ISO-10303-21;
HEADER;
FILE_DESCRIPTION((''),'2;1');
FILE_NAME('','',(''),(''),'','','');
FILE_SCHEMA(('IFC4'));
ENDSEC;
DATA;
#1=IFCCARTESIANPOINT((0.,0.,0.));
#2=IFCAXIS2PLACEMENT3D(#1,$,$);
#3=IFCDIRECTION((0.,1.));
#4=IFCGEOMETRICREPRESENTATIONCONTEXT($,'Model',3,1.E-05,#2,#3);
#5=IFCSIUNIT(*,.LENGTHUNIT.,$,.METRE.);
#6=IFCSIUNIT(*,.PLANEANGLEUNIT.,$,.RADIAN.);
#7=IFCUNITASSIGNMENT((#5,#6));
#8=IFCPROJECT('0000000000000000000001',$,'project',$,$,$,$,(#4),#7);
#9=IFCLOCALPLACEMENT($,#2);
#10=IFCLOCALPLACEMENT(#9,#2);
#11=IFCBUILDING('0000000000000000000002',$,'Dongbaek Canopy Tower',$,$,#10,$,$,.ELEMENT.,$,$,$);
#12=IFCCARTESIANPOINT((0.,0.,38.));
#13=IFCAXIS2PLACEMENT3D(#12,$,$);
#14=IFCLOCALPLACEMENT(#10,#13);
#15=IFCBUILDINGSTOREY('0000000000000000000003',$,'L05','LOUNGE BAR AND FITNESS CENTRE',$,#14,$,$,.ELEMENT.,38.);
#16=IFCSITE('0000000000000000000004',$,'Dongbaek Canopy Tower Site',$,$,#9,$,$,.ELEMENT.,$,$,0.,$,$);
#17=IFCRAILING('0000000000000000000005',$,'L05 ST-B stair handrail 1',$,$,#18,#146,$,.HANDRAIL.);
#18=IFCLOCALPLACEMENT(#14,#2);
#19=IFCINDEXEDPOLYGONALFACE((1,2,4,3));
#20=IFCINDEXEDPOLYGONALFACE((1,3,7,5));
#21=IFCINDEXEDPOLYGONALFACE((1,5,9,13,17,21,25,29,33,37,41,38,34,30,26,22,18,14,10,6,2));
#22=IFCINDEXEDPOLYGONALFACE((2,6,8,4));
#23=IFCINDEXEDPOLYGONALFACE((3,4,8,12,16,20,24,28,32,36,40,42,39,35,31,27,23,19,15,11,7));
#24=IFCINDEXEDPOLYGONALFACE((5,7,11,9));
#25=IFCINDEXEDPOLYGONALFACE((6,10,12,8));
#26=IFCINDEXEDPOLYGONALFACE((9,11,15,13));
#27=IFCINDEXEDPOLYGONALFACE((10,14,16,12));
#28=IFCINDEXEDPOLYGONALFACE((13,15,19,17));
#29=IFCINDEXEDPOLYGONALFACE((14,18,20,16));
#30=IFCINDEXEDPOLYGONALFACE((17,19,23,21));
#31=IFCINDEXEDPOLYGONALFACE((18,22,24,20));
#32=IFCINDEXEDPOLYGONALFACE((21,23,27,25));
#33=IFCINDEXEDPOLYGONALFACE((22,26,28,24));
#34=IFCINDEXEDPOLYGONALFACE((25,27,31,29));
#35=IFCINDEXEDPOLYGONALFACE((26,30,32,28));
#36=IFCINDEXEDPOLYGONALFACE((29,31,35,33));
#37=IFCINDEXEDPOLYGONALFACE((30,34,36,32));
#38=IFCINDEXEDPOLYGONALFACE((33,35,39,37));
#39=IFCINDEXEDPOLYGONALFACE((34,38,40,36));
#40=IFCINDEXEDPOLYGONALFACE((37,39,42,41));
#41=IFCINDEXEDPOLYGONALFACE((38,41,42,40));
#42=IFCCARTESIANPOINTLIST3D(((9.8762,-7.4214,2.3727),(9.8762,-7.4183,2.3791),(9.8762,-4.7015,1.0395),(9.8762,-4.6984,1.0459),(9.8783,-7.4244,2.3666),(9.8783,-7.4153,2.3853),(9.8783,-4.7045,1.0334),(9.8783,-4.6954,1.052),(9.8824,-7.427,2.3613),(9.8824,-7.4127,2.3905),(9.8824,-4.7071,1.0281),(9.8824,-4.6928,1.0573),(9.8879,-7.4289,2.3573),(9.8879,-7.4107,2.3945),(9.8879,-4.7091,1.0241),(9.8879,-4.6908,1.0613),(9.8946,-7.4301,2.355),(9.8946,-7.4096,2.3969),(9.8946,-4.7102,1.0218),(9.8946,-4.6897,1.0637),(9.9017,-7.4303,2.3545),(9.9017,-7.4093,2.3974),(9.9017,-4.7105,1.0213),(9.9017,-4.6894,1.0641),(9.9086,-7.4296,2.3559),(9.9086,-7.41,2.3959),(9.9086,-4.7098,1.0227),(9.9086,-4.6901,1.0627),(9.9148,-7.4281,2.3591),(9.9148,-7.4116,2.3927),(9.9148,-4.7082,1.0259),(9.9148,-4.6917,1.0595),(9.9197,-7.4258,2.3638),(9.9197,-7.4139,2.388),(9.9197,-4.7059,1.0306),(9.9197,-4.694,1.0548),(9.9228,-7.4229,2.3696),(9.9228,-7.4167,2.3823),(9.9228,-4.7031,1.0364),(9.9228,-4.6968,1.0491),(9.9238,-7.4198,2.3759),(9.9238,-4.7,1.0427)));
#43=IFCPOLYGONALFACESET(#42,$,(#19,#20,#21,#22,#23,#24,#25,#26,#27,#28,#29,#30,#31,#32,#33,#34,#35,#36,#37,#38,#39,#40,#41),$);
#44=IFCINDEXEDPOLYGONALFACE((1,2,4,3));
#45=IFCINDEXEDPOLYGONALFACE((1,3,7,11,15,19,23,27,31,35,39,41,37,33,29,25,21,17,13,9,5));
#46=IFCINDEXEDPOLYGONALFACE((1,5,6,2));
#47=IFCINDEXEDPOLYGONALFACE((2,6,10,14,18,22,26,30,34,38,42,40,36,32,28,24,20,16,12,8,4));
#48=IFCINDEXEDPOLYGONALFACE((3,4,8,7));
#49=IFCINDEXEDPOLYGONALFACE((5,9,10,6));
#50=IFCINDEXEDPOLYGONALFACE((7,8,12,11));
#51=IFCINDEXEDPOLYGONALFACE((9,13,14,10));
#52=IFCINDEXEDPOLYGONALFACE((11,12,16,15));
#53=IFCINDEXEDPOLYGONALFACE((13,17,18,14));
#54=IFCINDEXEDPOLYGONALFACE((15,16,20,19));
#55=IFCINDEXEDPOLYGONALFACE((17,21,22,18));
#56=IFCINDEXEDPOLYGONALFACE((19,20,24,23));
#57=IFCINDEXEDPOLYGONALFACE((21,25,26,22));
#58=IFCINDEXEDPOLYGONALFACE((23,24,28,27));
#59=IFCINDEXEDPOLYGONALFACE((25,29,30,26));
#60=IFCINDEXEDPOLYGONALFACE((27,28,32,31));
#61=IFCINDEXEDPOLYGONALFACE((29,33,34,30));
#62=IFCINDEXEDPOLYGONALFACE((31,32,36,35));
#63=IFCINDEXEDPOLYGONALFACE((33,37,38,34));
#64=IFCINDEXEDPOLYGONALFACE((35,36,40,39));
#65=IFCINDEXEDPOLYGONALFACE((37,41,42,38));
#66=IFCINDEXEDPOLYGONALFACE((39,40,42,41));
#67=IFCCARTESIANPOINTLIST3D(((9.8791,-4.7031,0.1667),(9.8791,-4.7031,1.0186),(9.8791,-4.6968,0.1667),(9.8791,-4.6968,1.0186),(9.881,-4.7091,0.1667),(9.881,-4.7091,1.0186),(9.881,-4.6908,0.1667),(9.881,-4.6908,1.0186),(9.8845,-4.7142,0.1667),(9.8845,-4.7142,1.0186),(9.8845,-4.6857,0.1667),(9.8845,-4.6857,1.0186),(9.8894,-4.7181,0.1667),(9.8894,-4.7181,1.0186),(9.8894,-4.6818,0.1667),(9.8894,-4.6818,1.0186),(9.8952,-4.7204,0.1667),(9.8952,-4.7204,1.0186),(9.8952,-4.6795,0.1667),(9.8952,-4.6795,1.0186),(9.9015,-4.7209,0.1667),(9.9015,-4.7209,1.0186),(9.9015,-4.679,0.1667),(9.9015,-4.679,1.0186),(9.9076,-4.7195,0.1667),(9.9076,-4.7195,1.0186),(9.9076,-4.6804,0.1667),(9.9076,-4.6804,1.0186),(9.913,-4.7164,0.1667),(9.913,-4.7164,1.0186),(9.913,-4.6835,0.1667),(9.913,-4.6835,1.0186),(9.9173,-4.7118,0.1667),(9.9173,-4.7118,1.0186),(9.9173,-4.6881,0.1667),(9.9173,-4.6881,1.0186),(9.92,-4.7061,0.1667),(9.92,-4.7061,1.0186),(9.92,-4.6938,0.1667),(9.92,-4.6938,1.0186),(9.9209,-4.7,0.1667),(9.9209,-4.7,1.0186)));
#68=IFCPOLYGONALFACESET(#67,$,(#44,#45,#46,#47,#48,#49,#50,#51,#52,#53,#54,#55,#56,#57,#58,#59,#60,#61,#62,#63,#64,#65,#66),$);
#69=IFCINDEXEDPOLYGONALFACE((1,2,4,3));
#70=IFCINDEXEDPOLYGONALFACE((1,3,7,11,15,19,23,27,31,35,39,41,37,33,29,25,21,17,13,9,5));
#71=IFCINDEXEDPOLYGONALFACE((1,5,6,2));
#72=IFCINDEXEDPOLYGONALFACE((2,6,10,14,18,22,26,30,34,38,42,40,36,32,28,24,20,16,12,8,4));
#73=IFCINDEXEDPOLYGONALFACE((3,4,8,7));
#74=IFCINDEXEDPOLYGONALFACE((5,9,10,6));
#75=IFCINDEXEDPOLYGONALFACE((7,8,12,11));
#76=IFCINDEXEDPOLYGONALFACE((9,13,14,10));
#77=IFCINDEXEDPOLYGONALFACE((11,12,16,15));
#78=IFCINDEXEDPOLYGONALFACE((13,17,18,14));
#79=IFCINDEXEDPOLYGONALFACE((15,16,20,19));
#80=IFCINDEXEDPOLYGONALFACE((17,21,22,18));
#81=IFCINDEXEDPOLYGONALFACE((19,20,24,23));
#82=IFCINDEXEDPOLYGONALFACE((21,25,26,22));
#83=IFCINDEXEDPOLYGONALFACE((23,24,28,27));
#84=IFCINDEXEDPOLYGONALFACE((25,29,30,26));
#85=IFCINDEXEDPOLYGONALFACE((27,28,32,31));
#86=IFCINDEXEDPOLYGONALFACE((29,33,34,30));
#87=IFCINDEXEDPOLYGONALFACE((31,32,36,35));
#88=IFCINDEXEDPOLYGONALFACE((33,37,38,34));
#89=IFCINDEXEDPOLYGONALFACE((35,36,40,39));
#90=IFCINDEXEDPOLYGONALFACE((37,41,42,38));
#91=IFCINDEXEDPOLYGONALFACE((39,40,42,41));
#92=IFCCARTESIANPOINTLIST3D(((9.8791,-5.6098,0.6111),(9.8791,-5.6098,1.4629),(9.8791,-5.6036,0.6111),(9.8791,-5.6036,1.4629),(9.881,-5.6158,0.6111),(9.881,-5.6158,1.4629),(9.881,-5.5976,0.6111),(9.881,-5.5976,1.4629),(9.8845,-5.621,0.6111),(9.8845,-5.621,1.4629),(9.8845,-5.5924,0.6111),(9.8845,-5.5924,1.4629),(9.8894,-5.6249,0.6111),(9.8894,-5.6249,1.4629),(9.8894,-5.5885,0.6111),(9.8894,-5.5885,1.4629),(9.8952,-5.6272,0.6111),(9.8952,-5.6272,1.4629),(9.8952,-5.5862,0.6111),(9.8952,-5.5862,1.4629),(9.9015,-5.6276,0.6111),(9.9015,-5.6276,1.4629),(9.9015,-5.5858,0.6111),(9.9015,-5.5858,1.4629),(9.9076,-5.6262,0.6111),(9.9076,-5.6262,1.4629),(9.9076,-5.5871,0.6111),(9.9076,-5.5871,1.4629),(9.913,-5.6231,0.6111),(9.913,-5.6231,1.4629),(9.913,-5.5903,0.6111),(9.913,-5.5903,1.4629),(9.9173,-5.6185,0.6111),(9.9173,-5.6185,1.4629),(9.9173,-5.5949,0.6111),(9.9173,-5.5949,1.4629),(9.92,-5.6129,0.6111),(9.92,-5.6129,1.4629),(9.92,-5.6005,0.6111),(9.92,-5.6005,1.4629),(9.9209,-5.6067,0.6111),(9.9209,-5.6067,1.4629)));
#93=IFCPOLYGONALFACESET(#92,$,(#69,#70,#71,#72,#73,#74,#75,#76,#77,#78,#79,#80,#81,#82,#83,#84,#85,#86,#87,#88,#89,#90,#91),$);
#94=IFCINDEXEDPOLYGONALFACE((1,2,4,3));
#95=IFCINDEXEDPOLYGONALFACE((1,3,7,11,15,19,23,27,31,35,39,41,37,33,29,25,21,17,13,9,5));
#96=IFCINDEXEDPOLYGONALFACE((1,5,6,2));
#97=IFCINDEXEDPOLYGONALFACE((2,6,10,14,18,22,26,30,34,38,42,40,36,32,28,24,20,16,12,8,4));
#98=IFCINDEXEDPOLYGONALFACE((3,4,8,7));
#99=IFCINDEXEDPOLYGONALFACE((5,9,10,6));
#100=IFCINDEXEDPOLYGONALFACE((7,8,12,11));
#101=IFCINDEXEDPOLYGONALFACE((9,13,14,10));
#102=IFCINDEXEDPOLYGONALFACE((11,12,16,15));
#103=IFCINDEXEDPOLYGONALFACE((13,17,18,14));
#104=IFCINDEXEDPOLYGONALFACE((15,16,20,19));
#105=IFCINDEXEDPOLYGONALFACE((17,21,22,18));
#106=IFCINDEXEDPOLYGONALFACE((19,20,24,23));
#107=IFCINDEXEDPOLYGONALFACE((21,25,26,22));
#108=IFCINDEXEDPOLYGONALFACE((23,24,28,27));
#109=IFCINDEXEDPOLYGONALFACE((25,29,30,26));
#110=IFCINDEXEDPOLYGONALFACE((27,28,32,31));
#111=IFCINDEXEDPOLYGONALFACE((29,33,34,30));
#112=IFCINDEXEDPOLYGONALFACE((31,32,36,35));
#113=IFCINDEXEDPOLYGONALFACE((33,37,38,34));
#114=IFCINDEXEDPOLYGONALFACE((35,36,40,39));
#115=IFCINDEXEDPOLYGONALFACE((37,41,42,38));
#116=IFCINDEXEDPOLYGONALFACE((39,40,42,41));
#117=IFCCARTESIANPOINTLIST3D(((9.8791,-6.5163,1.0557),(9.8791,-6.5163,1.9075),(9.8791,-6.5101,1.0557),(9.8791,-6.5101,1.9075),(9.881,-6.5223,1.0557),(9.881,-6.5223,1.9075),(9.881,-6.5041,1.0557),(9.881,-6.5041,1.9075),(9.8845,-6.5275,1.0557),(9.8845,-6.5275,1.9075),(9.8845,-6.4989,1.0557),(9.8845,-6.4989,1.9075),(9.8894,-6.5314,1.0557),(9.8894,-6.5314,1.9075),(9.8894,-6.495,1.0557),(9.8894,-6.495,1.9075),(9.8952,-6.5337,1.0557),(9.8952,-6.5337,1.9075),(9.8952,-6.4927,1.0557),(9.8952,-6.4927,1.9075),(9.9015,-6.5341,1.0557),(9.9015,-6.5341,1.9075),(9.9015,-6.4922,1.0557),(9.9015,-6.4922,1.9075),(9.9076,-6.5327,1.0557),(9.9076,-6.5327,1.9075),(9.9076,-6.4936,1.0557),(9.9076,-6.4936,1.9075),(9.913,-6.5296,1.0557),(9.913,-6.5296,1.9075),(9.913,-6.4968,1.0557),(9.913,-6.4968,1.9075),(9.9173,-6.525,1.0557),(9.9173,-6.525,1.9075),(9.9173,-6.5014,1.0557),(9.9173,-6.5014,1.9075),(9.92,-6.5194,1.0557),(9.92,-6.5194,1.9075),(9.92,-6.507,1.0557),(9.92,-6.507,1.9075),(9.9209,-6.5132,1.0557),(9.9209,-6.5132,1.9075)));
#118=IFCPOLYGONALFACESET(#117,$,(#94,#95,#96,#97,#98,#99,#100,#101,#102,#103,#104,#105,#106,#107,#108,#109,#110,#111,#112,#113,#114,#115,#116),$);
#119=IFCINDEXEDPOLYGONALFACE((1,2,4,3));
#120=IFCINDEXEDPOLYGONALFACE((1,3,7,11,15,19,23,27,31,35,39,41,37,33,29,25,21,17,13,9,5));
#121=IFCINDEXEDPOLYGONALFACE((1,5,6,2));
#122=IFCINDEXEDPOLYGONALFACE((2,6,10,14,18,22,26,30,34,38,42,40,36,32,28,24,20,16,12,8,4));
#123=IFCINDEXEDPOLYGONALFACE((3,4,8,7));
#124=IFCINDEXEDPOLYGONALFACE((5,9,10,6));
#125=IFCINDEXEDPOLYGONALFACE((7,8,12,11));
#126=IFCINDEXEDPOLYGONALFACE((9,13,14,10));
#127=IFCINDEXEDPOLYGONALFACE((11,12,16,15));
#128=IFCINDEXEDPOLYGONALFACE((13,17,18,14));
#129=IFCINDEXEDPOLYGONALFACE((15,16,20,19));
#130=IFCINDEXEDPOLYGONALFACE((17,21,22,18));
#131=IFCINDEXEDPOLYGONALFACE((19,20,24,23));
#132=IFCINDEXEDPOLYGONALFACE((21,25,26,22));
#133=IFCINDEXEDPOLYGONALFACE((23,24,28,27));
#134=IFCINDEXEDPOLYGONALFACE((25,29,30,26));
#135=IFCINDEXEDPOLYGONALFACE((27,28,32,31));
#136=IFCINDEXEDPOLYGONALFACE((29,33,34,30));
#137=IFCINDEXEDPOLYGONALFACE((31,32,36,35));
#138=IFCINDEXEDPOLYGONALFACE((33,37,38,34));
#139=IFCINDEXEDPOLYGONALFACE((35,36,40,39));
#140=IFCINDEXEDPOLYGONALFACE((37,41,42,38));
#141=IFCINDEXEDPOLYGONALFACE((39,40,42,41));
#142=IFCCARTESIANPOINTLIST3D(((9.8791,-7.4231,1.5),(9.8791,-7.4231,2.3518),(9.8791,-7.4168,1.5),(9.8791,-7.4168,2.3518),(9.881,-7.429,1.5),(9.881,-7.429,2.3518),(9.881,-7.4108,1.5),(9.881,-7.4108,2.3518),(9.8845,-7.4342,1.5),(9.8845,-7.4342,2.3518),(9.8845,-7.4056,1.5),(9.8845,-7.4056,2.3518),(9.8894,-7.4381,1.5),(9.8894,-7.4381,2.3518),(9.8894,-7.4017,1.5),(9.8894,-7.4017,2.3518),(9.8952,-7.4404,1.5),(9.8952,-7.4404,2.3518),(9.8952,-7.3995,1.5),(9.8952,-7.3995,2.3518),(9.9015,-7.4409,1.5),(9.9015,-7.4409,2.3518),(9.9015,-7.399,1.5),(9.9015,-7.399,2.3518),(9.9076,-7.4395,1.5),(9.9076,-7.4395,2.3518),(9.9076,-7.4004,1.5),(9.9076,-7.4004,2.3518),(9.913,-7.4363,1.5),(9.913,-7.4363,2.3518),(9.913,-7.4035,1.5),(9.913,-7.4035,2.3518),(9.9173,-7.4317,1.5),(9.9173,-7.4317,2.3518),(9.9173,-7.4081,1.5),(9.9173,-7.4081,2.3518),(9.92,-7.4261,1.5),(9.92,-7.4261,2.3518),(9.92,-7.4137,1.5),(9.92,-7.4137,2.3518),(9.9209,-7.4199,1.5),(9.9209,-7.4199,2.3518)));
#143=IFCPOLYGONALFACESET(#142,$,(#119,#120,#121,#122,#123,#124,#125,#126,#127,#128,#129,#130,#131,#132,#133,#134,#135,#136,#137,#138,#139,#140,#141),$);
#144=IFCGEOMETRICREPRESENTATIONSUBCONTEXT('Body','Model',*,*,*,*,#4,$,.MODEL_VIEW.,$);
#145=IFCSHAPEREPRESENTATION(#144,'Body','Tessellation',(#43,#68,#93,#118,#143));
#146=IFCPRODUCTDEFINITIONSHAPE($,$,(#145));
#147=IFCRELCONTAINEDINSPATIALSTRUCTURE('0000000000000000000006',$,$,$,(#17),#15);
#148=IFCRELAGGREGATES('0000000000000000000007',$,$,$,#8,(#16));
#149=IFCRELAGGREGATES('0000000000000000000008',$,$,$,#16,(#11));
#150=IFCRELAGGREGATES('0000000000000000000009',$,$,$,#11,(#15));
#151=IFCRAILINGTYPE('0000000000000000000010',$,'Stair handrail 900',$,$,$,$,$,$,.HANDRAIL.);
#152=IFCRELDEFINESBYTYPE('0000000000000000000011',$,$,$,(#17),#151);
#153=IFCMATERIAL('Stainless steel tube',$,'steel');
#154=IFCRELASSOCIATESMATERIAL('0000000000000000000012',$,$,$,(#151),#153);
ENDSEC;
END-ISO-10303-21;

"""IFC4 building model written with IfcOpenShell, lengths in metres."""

from ifc_helpers import new_model, si_unit, direction, frame, origin, origin_2d, place, context, subcontext, project, spatial, circle, extrude, material, type_object, element, save


model = new_model("IFC4")

# Units and contexts
model_context = context("Model", 3, precision=1e-05, world=origin(), true_north=direction((0.0, 1.0)))
body_context = subcontext(model_context, "Body", "Model", "MODEL_VIEW")
ifc_project = project(units=[si_unit("LENGTHUNIT", "METRE"), si_unit("PLANEANGLEUNIT", "RADIAN")], contexts=[model_context])

# Site, building, storey
site_placement = place(None, origin())
site = spatial("IfcSite", under=ifc_project, at=site_placement, Name="Dongbaek Canopy Tower Site", CompositionType="ELEMENT", RefElevation=0.0)
building_placement = place(site_placement, origin())
building = spatial("IfcBuilding", under=site, at=building_placement, Name="Dongbaek Canopy Tower", CompositionType="ELEMENT")
storey_placement = place(building_placement, frame((0.0, 0.0, 38.0)))
storey = spatial("IfcBuildingStorey", under=building, at=storey_placement, Name="L05", Description="LOUNGE BAR AND FITNESS CENTRE", CompositionType="ELEMENT", Elevation=38.0)

# Railing
ifc_material_1 = material(Name="Stainless steel tube", Category="steel")
railing_type_1 = type_object("IfcRailingType", Name="Stair handrail 900", PredefinedType="HANDRAIL", material=ifc_material_1)
for number, where, name in (
    (1, (9.8999, -4.7, 0.1667), "L05 ST-B stair handrail 1"),
):
    element("IfcRailing", number, at=place(storey_placement, frame(where)), inside=storey, type_object=railing_type_1, Name=name, PredefinedType="HANDRAIL", context=body_context, shape_type="SweptSolid", body=[
        extrude(circle(Radius=0.0239, at=origin_2d()), frame((0.0, 0.0, 0.876), z_axis=(0.0, -0.897929, 0.440139), x_axis=(1.0, 0.0, 0.0)), (0.0, 0.0, 1.0), 3.0291),
        extrude(circle(Radius=0.021, at=origin_2d()), origin(), (0.0, 0.0, 1.0), 0.8518),
        extrude(circle(Radius=0.021, at=origin_2d()), frame((0.0, -0.9067, 0.4443)), (0.0, 0.0, 1.0), 0.8518),
        extrude(circle(Radius=0.021, at=origin_2d()), frame((0.0, -1.8132, 0.8889)), (0.0, 0.0, 1.0), 0.8518),
        extrude(circle(Radius=0.021, at=origin_2d()), frame((0.0, -2.72, 1.3333)), (0.0, 0.0, 1.0), 0.8518),
    ])

save(model, "model.ifc")
